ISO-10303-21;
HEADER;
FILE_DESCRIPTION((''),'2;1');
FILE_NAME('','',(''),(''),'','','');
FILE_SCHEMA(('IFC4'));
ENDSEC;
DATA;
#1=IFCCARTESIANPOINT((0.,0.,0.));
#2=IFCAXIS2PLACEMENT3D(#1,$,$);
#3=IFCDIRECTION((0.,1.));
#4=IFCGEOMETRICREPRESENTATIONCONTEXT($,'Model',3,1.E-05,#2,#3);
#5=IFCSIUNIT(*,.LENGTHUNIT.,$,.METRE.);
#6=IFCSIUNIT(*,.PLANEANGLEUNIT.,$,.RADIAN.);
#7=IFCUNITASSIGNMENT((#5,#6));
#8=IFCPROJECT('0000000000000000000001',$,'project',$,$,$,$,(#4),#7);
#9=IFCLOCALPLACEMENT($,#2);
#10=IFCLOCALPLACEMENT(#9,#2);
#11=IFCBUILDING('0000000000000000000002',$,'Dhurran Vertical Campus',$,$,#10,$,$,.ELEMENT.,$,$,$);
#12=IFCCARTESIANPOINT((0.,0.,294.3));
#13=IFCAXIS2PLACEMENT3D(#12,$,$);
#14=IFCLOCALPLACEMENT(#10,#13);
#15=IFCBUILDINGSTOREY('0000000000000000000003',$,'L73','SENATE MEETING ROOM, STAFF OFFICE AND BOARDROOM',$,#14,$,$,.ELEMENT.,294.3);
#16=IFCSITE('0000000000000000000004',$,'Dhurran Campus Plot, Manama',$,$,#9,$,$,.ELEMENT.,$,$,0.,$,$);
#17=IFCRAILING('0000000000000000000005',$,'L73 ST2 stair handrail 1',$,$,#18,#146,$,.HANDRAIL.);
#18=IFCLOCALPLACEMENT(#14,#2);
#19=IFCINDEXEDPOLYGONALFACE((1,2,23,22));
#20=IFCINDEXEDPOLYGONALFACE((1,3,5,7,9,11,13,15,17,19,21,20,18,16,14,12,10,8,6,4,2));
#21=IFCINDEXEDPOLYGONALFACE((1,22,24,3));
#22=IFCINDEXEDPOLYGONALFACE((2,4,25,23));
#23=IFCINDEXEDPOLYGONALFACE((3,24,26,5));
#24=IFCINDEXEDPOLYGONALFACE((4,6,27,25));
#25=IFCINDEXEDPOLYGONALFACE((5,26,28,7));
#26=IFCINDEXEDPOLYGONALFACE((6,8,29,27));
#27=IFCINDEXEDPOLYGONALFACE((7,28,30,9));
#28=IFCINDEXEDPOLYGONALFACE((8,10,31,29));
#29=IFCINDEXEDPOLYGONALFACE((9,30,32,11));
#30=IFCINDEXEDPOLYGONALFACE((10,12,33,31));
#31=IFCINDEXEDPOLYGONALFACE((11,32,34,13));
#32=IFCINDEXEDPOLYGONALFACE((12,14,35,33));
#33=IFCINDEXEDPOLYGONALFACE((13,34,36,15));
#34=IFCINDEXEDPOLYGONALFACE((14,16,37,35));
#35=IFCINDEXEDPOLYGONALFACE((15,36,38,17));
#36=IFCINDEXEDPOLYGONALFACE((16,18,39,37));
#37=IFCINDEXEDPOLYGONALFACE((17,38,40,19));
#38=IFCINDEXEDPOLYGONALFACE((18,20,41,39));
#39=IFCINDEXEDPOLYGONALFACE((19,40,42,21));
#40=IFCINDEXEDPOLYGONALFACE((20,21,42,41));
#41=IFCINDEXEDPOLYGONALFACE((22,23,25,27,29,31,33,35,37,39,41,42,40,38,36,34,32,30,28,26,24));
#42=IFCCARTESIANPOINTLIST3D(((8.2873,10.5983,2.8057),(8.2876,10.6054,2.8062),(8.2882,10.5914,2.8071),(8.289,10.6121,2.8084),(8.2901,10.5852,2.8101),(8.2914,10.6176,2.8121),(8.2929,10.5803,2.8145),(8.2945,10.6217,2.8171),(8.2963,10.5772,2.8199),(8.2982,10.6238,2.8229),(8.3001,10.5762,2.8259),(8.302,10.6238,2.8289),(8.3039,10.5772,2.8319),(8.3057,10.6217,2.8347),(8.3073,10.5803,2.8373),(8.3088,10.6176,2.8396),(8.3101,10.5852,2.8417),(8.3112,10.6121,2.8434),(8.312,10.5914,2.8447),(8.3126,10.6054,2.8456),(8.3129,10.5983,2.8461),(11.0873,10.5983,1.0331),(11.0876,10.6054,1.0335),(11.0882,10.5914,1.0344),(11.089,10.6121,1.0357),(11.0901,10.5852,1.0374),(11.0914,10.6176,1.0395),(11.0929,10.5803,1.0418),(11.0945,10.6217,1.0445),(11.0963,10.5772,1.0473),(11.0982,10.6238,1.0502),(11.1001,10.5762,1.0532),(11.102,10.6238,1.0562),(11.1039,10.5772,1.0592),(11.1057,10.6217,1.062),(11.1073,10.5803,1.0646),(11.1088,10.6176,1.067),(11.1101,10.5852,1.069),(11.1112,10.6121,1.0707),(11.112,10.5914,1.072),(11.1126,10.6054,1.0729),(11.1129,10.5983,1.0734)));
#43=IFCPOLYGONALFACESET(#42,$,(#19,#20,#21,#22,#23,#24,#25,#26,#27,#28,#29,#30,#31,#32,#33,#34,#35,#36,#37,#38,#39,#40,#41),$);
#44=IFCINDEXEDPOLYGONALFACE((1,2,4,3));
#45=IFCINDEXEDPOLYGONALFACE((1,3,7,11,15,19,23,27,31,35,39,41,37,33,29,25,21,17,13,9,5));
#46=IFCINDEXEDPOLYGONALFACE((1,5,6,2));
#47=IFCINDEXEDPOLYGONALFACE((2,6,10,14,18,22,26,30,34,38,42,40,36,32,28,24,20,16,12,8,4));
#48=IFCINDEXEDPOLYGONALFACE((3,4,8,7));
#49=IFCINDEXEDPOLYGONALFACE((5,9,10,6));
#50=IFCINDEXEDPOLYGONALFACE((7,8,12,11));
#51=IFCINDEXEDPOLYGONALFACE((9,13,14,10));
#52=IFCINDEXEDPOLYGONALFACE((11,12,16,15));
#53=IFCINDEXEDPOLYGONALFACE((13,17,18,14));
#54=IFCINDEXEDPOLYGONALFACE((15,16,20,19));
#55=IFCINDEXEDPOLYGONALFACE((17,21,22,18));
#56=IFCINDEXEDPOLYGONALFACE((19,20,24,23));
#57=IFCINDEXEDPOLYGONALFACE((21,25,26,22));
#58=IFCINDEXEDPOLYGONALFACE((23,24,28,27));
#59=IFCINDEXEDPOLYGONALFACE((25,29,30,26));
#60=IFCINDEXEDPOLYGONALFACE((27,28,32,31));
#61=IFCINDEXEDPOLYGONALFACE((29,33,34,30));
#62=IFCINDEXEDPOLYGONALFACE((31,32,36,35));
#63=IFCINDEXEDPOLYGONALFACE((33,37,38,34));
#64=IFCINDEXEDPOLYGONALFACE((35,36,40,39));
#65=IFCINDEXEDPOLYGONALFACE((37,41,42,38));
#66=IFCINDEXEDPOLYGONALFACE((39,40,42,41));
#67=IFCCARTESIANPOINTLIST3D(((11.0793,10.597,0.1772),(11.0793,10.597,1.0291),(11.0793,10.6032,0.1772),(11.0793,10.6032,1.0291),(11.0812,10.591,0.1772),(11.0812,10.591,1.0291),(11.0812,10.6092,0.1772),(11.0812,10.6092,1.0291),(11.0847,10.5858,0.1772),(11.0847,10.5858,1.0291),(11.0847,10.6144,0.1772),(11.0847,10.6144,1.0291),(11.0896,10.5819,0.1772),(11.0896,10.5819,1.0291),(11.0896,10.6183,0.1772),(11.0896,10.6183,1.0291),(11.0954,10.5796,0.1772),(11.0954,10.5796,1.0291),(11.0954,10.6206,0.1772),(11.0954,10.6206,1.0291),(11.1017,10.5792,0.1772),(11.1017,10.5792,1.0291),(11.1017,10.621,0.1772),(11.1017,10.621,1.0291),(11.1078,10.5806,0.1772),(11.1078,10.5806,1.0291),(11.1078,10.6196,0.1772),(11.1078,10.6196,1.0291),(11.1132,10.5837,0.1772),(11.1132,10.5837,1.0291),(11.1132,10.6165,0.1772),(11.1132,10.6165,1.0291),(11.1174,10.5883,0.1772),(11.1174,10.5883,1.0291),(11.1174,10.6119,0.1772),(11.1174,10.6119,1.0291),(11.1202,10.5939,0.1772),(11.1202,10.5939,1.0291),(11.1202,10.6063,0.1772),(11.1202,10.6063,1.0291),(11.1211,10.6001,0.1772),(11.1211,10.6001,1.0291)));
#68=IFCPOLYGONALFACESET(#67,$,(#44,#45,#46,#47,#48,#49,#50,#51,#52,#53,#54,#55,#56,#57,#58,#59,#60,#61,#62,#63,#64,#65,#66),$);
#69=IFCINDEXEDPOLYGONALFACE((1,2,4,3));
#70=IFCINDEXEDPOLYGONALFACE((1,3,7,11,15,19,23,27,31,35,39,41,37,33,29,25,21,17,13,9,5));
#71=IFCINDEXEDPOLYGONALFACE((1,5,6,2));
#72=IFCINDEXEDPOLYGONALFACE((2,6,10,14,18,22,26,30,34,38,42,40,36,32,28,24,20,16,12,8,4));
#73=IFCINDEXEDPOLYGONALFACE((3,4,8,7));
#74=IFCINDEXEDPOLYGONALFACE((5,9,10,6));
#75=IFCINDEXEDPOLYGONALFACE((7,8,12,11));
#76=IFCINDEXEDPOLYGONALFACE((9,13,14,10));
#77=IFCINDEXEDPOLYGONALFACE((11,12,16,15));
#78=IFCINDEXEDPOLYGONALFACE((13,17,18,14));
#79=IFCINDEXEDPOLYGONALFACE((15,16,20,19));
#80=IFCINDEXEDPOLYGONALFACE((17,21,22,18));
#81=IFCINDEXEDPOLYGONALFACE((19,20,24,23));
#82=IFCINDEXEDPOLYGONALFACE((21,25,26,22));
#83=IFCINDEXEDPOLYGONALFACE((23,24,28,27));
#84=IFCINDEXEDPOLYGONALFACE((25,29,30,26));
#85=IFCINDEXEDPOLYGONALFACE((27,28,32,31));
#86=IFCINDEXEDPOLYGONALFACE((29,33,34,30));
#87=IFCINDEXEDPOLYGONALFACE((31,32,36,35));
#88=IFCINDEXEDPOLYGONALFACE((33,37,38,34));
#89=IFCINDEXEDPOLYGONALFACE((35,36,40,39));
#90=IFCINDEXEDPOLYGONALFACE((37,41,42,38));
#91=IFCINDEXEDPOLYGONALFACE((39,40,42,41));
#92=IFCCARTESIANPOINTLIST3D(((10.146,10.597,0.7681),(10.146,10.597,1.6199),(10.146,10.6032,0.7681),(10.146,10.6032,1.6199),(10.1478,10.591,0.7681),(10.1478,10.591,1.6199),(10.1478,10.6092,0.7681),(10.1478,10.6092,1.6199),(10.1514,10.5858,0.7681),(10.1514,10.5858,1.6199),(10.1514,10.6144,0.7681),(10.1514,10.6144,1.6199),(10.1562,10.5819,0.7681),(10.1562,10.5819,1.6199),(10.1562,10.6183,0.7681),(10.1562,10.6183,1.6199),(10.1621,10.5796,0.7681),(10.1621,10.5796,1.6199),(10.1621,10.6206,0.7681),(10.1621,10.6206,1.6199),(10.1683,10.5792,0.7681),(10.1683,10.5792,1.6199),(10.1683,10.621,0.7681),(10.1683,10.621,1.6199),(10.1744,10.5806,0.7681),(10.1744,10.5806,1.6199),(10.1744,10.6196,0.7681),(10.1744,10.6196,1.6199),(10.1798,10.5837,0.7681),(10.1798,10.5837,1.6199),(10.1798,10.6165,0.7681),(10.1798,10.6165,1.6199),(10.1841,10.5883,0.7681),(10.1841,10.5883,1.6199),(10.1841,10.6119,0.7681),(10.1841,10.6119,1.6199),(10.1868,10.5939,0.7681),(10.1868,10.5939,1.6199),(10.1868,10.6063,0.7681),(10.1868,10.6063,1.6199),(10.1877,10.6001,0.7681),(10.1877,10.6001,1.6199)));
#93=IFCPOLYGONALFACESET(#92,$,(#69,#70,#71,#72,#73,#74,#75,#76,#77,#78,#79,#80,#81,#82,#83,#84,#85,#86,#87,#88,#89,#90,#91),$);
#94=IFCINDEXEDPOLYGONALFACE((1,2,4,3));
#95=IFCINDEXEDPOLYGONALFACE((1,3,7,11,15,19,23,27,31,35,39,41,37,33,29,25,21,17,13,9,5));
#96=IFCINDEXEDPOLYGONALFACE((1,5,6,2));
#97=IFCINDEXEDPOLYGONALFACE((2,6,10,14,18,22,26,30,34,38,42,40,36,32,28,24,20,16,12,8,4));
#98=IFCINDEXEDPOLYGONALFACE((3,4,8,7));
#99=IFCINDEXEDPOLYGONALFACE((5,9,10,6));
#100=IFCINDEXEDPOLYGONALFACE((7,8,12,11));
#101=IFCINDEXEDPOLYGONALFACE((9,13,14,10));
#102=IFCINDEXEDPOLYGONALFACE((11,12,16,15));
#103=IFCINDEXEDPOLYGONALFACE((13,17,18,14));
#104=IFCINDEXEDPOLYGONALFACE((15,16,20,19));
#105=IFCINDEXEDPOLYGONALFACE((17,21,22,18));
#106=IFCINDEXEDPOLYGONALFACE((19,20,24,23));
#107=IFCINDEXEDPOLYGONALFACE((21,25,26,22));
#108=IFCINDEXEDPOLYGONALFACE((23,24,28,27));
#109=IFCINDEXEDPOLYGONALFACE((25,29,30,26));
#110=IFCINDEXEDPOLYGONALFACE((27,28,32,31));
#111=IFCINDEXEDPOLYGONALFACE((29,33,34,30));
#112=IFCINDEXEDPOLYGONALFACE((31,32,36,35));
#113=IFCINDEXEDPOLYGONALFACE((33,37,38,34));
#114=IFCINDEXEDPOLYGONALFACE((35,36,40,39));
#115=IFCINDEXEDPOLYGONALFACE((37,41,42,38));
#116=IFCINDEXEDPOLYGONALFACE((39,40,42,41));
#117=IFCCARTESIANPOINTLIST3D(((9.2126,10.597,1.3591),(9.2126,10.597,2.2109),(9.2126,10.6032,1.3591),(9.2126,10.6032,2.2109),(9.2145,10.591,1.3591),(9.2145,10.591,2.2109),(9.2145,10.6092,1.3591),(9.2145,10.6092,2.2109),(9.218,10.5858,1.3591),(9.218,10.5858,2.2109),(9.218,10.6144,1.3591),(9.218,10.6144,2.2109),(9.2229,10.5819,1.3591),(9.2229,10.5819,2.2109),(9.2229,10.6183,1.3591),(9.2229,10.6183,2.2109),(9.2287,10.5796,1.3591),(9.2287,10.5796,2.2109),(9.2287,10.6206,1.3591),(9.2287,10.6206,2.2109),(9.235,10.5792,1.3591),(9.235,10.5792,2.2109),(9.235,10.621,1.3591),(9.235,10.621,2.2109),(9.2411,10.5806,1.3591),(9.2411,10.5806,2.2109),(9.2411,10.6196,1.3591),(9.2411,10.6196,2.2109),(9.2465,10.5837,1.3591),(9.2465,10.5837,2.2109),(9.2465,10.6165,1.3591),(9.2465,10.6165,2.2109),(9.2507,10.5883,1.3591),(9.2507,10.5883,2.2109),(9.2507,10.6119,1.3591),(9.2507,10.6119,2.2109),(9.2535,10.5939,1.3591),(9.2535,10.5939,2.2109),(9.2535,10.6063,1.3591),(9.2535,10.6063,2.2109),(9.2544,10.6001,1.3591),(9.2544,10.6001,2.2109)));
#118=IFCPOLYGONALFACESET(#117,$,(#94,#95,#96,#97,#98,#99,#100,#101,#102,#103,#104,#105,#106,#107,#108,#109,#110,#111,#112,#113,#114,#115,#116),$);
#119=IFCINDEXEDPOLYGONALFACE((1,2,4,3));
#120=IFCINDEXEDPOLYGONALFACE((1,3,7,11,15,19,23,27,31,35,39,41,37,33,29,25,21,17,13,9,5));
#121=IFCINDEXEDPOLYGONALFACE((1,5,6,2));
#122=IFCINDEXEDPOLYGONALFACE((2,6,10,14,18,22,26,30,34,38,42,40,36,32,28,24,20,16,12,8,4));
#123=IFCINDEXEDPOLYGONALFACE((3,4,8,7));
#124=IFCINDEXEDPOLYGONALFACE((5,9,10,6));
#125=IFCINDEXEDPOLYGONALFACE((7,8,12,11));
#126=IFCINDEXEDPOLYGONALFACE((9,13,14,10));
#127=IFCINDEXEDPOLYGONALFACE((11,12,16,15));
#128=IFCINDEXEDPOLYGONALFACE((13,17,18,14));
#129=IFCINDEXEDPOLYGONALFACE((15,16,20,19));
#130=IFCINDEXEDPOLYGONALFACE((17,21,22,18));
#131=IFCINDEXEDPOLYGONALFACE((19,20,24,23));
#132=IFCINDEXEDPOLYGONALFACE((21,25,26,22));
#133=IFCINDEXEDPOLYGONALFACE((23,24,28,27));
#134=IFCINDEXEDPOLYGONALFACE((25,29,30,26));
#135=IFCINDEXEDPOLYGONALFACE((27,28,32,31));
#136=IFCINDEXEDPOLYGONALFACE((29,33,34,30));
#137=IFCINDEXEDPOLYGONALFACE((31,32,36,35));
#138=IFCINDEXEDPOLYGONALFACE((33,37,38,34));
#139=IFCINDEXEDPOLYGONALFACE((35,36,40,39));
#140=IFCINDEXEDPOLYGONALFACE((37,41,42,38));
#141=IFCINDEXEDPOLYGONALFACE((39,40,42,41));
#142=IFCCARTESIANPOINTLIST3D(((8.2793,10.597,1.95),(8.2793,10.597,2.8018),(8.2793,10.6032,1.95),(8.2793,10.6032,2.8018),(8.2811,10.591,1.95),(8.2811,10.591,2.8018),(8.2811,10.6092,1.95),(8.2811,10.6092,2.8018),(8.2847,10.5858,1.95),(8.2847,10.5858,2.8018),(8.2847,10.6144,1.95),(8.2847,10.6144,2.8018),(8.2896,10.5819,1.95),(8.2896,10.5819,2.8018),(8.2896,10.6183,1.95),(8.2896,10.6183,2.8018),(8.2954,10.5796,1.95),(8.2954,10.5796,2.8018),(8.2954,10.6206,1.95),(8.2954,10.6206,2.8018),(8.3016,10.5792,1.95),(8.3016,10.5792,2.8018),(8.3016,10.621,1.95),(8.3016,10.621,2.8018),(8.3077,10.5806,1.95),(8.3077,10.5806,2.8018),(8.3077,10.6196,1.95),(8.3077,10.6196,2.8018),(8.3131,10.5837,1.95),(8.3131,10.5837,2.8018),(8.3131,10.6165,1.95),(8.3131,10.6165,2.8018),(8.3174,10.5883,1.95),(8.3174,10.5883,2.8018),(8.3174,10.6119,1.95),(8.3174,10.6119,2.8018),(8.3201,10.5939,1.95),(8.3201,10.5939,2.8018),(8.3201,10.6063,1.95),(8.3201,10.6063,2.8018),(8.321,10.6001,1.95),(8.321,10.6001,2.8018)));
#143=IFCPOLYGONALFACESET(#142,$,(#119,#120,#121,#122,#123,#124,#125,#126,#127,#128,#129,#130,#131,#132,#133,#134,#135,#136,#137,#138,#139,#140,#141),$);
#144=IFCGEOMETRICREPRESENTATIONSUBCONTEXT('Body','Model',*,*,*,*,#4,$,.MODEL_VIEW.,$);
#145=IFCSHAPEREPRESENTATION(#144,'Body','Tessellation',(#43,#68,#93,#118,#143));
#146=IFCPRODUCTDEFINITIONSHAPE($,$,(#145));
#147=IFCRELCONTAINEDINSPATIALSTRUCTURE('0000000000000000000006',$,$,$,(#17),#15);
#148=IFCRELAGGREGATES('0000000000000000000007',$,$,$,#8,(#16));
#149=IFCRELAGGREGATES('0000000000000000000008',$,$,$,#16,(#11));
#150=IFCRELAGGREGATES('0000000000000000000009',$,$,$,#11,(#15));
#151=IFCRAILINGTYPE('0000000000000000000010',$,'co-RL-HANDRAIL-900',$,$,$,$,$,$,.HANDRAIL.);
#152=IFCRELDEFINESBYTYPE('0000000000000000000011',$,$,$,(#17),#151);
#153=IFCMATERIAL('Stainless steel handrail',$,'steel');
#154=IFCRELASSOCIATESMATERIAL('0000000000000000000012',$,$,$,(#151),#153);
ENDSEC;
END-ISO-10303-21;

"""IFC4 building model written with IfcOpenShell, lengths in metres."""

from ifc_helpers import new_model, si_unit, direction, frame, origin, origin_2d, place, context, subcontext, project, spatial, circle, extrude, material, type_object, element, save


model = new_model("IFC4")

# Units and contexts
model_context = context("Model", 3, precision=1e-05, world=origin(), true_north=direction((0.0, 1.0)))
body_context = subcontext(model_context, "Body", "Model", "MODEL_VIEW")
ifc_project = project(units=[si_unit("LENGTHUNIT", "METRE"), si_unit("PLANEANGLEUNIT", "RADIAN")], contexts=[model_context])

# Site, building, storey
site_placement = place(None, origin())
site = spatial("IfcSite", under=ifc_project, at=site_placement, Name="Dhurran Campus Plot, Manama", CompositionType="ELEMENT", RefElevation=0.0)
building_placement = place(site_placement, origin())
building = spatial("IfcBuilding", under=site, at=building_placement, Name="Dhurran Vertical Campus", CompositionType="ELEMENT")
storey_placement = place(building_placement, frame((0.0, 0.0, 294.3)))
storey = spatial("IfcBuildingStorey", under=building, at=storey_placement, Name="L73", Description="SENATE MEETING ROOM, STAFF OFFICE AND BOARDROOM", CompositionType="ELEMENT", Elevation=294.3)

# Railing
ifc_material_1 = material(Name="Stainless steel handrail", Category="steel")
railing_type_1 = type_object("IfcRailingType", Name="co-RL-HANDRAIL-900", PredefinedType="HANDRAIL", material=ifc_material_1)
railing_1_placement = place(storey_placement, frame((11.1001, 10.6001, 0.1772)))
element("IfcRailing", 1, at=railing_1_placement, inside=storey, type_object=railing_type_1, Name="L73 ST2 stair handrail 1", PredefinedType="HANDRAIL", context=body_context, shape_type="SweptSolid", body=[
    extrude(circle(Radius=0.0239, at=origin_2d()), frame((0.0, 0.0, 0.876), z_axis=(-0.844909, 0.0, 0.53491), x_axis=(0.0, -1.0, 0.0)), (0.0, 0.0, 1.0), 3.314),
    extrude(circle(Radius=0.021, at=origin_2d()), origin(), (0.0, 0.0, 1.0), 0.8518),
    extrude(circle(Radius=0.021, at=origin_2d()), frame((-0.9333, 0.0, 0.5908)), (0.0, 0.0, 1.0), 0.8518),
    extrude(circle(Radius=0.021, at=origin_2d()), frame((-1.8667, 0.0, 1.1819)), (0.0, 0.0, 1.0), 0.8518),
    extrude(circle(Radius=0.021, at=origin_2d()), frame((-2.8, 0.0, 1.7727)), (0.0, 0.0, 1.0), 0.8518),
])

save(model, "model.ifc")
